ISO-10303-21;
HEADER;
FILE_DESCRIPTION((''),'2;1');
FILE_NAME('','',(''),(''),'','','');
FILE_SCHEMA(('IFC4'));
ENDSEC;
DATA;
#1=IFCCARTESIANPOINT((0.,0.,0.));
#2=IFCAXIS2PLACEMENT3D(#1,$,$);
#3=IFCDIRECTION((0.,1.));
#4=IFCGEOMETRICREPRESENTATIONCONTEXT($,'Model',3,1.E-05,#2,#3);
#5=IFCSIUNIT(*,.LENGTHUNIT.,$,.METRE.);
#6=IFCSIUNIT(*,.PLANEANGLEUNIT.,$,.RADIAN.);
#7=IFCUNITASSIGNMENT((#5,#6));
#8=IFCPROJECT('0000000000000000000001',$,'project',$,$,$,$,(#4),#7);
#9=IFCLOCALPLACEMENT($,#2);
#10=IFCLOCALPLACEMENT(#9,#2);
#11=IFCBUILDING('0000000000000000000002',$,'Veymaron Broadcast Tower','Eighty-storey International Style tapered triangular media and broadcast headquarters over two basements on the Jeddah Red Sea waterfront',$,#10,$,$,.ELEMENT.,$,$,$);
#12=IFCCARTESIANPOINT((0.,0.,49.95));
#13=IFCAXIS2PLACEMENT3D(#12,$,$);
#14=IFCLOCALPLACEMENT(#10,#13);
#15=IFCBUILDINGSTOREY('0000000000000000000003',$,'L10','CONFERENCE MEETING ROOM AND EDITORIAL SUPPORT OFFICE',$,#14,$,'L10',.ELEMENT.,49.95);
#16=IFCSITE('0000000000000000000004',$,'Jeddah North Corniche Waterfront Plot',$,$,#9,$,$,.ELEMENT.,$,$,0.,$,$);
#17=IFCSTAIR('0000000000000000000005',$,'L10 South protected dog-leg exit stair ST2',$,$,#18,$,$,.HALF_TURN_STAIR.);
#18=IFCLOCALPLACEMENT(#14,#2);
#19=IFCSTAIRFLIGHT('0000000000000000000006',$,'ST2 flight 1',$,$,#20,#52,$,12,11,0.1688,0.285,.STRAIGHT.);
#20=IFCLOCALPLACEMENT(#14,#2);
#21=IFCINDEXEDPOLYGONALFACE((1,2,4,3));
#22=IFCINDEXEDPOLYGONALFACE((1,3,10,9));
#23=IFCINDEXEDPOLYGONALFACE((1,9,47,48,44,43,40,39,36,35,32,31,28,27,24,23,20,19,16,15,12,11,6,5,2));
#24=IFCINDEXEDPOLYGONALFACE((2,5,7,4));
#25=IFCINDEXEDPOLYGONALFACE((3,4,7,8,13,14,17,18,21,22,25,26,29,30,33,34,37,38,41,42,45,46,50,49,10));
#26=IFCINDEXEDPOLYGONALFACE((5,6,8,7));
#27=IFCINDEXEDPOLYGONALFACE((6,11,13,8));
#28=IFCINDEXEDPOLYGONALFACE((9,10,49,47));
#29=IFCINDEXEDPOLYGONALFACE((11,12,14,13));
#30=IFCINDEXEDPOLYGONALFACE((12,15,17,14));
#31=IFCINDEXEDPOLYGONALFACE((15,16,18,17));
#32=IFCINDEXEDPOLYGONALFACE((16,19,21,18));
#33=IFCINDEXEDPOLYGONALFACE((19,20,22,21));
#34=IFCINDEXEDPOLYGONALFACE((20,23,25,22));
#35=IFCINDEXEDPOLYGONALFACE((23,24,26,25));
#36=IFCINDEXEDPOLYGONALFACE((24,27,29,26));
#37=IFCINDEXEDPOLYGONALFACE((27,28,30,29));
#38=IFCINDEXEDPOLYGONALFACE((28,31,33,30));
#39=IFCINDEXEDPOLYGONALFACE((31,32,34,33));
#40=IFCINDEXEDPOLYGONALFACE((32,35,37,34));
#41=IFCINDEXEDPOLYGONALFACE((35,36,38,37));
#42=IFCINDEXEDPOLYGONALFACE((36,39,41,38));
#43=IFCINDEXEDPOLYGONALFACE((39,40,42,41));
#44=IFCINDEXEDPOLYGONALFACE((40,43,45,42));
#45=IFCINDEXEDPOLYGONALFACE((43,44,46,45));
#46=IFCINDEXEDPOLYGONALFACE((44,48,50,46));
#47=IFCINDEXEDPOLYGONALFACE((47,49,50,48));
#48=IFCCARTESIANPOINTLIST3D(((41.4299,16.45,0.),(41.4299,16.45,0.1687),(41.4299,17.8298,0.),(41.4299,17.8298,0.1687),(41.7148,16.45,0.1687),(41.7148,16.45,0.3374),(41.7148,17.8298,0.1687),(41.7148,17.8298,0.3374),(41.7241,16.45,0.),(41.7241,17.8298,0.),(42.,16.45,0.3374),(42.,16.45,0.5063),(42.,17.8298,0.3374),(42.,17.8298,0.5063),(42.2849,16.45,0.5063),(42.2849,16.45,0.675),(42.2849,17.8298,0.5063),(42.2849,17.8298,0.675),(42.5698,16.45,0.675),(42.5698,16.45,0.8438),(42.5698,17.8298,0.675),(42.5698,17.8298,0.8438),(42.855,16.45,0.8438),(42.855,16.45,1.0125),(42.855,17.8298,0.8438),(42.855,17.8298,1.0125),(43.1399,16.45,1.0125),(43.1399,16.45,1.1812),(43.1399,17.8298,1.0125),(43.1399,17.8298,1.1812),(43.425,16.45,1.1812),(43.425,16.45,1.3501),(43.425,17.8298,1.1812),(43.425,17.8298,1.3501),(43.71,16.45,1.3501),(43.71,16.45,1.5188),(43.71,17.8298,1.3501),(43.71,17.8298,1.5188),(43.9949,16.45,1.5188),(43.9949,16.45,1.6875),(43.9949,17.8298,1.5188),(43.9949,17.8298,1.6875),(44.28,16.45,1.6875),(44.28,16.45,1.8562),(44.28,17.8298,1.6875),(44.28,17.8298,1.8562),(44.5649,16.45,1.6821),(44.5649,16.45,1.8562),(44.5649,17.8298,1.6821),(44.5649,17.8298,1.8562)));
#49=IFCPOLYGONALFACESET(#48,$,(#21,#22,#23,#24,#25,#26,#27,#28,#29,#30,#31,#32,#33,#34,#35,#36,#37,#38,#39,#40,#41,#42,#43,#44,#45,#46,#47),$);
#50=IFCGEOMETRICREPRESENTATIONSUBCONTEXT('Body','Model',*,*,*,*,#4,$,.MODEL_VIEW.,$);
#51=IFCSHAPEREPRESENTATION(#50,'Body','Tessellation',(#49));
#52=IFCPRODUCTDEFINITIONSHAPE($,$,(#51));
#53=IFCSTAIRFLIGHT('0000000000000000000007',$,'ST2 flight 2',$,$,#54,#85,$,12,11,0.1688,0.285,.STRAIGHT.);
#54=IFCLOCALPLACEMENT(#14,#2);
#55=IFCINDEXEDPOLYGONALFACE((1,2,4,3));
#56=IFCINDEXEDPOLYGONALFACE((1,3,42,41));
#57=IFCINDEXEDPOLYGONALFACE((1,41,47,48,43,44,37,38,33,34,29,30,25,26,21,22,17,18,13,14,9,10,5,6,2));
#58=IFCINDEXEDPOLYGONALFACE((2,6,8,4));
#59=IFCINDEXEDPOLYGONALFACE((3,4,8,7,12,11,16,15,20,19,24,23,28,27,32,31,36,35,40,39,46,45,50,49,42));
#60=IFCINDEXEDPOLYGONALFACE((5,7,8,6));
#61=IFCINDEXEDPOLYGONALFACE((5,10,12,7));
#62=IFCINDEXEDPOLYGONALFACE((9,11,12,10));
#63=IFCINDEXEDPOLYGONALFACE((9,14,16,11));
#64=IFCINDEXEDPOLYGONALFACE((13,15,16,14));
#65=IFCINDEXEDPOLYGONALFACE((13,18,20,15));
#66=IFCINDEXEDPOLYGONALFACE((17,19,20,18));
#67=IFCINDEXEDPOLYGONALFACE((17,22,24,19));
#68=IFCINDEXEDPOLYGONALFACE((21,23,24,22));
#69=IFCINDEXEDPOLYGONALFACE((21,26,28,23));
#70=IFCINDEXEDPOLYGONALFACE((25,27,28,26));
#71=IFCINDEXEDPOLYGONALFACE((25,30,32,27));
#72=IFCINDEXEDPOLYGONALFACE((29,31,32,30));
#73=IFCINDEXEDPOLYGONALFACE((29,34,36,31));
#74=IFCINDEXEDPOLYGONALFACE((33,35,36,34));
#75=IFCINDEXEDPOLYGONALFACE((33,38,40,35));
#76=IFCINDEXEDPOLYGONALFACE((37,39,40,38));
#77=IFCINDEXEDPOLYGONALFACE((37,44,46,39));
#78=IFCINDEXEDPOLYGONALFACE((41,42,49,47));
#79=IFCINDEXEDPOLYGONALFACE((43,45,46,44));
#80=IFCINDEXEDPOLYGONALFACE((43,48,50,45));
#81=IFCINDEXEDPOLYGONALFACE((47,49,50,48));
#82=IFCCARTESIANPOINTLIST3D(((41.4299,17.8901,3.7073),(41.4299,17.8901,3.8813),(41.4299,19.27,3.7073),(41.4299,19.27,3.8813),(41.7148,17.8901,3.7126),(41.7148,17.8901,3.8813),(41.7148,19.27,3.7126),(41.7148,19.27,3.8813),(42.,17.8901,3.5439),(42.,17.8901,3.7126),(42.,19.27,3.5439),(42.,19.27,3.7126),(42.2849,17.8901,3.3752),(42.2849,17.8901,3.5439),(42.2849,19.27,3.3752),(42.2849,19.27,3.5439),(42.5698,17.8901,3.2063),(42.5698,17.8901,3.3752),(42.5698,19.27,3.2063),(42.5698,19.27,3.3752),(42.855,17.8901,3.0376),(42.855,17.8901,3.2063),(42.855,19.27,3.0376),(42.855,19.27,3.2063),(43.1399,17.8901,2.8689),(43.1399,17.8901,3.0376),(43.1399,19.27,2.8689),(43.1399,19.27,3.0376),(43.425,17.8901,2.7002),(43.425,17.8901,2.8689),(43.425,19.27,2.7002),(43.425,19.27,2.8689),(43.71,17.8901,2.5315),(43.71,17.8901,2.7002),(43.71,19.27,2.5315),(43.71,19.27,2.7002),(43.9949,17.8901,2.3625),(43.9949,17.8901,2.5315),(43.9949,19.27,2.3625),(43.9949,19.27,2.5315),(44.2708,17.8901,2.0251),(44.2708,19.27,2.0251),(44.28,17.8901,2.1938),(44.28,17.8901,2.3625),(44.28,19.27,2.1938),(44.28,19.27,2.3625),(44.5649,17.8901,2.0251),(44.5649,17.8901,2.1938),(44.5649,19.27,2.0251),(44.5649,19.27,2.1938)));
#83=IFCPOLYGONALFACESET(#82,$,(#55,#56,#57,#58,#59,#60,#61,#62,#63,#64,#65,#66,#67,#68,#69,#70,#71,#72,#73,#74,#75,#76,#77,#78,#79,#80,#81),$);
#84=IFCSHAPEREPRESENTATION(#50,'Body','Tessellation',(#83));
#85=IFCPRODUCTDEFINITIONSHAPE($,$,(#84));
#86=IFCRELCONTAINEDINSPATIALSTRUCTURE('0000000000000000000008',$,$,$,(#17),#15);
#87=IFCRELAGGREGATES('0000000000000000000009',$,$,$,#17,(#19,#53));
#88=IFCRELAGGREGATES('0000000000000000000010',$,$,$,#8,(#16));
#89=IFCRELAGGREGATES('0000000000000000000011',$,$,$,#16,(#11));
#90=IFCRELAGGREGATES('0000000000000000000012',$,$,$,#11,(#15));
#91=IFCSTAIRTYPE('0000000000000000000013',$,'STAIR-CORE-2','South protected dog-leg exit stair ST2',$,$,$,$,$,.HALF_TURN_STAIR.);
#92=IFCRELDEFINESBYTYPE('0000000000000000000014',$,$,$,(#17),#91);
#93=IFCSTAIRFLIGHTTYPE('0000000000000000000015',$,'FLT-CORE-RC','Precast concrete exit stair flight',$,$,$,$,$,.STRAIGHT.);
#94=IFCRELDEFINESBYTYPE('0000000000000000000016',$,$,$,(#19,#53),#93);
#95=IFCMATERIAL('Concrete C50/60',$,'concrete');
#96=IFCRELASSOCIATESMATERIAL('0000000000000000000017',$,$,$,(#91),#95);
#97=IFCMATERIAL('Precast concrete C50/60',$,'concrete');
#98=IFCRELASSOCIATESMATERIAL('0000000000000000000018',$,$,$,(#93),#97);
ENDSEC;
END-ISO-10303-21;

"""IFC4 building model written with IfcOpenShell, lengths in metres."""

from ifc_helpers import new_model, si_unit, direction, frame, origin, place, context, subcontext, project, spatial, polyline, outline, extrude, material, type_object, element, aggregate, save


model = new_model("IFC4")

# Units and contexts
model_context = context("Model", 3, precision=1e-05, world=origin(), true_north=direction((0.0, 1.0)))
body_context = subcontext(model_context, "Body", "Model", "MODEL_VIEW")
ifc_project = project(units=[si_unit("LENGTHUNIT", "METRE"), si_unit("PLANEANGLEUNIT", "RADIAN")], contexts=[model_context])

# Site, building, storey
site_placement = place(None, origin())
site = spatial("IfcSite", under=ifc_project, at=site_placement, Name="Jeddah North Corniche Waterfront Plot", CompositionType="ELEMENT", RefElevation=0.0)
building_placement = place(site_placement, origin())
building = spatial("IfcBuilding", under=site, at=building_placement, Name="Veymaron Broadcast Tower", Description="Eighty-storey International Style tapered triangular media and broadcast headquarters over two basements on the Jeddah Red Sea waterfront", CompositionType="ELEMENT")
storey_placement = place(building_placement, frame((0.0, 0.0, 49.95)))
storey = spatial("IfcBuildingStorey", under=building, at=storey_placement, Name="L10", Description="CONFERENCE MEETING ROOM AND EDITORIAL SUPPORT OFFICE", LongName="L10", CompositionType="ELEMENT", Elevation=49.95)

# Shared definitions
ifc_material_1 = material(Name="Concrete C50/60", Category="concrete")

# Stair, stair flights
stair_type = type_object("IfcStairType", Name="STAIR-CORE-2", Description="South protected dog-leg exit stair ST2", PredefinedType="HALF_TURN_STAIR", material=ifc_material_1)
stair_placement = place(storey_placement, origin())
stair = element("IfcStair", 1, at=stair_placement, inside=storey, type_object=stair_type, Name="L10 South protected dog-leg exit stair ST2", PredefinedType="HALF_TURN_STAIR")
ifc_material_2 = material(Name="Precast concrete C50/60", Category="concrete")
stair_flight_type = type_object("IfcStairFlightType", Name="FLT-CORE-RC", Description="Precast concrete exit stair flight", PredefinedType="STRAIGHT", material=ifc_material_2)
stair_flight_1_placement = place(storey_placement, frame((41.4299, 17.1399, 0.0), z_axis=(0.0, 0.0, 1.0), x_axis=(1.0, 0.0, 0.0)))
stair_flight_1 = element("IfcStairFlight", 2, at=stair_flight_1_placement, type_object=stair_flight_type, Name="ST2 flight 1", NumberOfRisers=12, NumberOfTreads=11, PredefinedType="STRAIGHT", RiserHeight=0.1688, TreadLength=0.285, context=body_context, shape_type="SweptSolid", body=[
    extrude(outline(polyline([(0.0, 0.0), (0.0, 0.1687), (0.2849, 0.1687), (0.2849, 0.3374), (0.5701, 0.3374), (0.5701, 0.5063), (0.855, 0.5063), (0.855, 0.675), (1.1399, 0.675), (1.1399, 0.8438), (1.425, 0.8438), (1.425, 1.0125), (1.71, 1.0125), (1.71, 1.1812), (1.9951, 1.1812), (1.9951, 1.3501), (2.28, 1.3501), (2.28, 1.5188), (2.5649, 1.5188), (2.5649, 1.6875), (2.8501, 1.6875), (2.8501, 1.8562), (3.135, 1.8562), (3.135, 2.0249), (3.135, 1.6821), (0.2942, 0.0), (0.0, 0.0)])), frame((0.0, 0.6899, 0.0), z_axis=(0.0, -1.0, 0.0), x_axis=(1.0, 0.0, 0.0)), (0.0, 0.0, 1.0), 1.3799),
])
stair_flight_2_placement = place(storey_placement, frame((44.5649, 18.5801, 2.0251), z_axis=(0.0, 0.0, 1.0), x_axis=(-1.0, 0.0, 0.0)))
stair_flight_2 = element("IfcStairFlight", 3, at=stair_flight_2_placement, type_object=stair_flight_type, Name="ST2 flight 2", NumberOfRisers=12, NumberOfTreads=11, PredefinedType="STRAIGHT", RiserHeight=0.1688, TreadLength=0.285, context=body_context, shape_type="SweptSolid", body=[
    extrude(outline(polyline([(0.0, 0.0), (0.0, 0.1687), (0.2849, 0.1687), (0.2849, 0.3374), (0.5701, 0.3374), (0.5701, 0.5063), (0.855, 0.5063), (0.855, 0.675), (1.1399, 0.675), (1.1399, 0.8438), (1.425, 0.8438), (1.425, 1.0125), (1.71, 1.0125), (1.71, 1.1812), (1.9951, 1.1812), (1.9951, 1.3501), (2.28, 1.3501), (2.28, 1.5188), (2.5649, 1.5188), (2.5649, 1.6875), (2.8501, 1.6875), (2.8501, 1.8562), (3.135, 1.8562), (3.135, 2.0249), (3.135, 1.6821), (0.2942, 0.0), (0.0, 0.0)])), frame((0.0, 0.6899, 0.0), z_axis=(0.0, -1.0, 0.0), x_axis=(1.0, 0.0, 0.0)), (0.0, 0.0, 1.0), 1.3799),
])
aggregate(stair, [stair_flight_1, stair_flight_2])

save(model, "model.ifc")
